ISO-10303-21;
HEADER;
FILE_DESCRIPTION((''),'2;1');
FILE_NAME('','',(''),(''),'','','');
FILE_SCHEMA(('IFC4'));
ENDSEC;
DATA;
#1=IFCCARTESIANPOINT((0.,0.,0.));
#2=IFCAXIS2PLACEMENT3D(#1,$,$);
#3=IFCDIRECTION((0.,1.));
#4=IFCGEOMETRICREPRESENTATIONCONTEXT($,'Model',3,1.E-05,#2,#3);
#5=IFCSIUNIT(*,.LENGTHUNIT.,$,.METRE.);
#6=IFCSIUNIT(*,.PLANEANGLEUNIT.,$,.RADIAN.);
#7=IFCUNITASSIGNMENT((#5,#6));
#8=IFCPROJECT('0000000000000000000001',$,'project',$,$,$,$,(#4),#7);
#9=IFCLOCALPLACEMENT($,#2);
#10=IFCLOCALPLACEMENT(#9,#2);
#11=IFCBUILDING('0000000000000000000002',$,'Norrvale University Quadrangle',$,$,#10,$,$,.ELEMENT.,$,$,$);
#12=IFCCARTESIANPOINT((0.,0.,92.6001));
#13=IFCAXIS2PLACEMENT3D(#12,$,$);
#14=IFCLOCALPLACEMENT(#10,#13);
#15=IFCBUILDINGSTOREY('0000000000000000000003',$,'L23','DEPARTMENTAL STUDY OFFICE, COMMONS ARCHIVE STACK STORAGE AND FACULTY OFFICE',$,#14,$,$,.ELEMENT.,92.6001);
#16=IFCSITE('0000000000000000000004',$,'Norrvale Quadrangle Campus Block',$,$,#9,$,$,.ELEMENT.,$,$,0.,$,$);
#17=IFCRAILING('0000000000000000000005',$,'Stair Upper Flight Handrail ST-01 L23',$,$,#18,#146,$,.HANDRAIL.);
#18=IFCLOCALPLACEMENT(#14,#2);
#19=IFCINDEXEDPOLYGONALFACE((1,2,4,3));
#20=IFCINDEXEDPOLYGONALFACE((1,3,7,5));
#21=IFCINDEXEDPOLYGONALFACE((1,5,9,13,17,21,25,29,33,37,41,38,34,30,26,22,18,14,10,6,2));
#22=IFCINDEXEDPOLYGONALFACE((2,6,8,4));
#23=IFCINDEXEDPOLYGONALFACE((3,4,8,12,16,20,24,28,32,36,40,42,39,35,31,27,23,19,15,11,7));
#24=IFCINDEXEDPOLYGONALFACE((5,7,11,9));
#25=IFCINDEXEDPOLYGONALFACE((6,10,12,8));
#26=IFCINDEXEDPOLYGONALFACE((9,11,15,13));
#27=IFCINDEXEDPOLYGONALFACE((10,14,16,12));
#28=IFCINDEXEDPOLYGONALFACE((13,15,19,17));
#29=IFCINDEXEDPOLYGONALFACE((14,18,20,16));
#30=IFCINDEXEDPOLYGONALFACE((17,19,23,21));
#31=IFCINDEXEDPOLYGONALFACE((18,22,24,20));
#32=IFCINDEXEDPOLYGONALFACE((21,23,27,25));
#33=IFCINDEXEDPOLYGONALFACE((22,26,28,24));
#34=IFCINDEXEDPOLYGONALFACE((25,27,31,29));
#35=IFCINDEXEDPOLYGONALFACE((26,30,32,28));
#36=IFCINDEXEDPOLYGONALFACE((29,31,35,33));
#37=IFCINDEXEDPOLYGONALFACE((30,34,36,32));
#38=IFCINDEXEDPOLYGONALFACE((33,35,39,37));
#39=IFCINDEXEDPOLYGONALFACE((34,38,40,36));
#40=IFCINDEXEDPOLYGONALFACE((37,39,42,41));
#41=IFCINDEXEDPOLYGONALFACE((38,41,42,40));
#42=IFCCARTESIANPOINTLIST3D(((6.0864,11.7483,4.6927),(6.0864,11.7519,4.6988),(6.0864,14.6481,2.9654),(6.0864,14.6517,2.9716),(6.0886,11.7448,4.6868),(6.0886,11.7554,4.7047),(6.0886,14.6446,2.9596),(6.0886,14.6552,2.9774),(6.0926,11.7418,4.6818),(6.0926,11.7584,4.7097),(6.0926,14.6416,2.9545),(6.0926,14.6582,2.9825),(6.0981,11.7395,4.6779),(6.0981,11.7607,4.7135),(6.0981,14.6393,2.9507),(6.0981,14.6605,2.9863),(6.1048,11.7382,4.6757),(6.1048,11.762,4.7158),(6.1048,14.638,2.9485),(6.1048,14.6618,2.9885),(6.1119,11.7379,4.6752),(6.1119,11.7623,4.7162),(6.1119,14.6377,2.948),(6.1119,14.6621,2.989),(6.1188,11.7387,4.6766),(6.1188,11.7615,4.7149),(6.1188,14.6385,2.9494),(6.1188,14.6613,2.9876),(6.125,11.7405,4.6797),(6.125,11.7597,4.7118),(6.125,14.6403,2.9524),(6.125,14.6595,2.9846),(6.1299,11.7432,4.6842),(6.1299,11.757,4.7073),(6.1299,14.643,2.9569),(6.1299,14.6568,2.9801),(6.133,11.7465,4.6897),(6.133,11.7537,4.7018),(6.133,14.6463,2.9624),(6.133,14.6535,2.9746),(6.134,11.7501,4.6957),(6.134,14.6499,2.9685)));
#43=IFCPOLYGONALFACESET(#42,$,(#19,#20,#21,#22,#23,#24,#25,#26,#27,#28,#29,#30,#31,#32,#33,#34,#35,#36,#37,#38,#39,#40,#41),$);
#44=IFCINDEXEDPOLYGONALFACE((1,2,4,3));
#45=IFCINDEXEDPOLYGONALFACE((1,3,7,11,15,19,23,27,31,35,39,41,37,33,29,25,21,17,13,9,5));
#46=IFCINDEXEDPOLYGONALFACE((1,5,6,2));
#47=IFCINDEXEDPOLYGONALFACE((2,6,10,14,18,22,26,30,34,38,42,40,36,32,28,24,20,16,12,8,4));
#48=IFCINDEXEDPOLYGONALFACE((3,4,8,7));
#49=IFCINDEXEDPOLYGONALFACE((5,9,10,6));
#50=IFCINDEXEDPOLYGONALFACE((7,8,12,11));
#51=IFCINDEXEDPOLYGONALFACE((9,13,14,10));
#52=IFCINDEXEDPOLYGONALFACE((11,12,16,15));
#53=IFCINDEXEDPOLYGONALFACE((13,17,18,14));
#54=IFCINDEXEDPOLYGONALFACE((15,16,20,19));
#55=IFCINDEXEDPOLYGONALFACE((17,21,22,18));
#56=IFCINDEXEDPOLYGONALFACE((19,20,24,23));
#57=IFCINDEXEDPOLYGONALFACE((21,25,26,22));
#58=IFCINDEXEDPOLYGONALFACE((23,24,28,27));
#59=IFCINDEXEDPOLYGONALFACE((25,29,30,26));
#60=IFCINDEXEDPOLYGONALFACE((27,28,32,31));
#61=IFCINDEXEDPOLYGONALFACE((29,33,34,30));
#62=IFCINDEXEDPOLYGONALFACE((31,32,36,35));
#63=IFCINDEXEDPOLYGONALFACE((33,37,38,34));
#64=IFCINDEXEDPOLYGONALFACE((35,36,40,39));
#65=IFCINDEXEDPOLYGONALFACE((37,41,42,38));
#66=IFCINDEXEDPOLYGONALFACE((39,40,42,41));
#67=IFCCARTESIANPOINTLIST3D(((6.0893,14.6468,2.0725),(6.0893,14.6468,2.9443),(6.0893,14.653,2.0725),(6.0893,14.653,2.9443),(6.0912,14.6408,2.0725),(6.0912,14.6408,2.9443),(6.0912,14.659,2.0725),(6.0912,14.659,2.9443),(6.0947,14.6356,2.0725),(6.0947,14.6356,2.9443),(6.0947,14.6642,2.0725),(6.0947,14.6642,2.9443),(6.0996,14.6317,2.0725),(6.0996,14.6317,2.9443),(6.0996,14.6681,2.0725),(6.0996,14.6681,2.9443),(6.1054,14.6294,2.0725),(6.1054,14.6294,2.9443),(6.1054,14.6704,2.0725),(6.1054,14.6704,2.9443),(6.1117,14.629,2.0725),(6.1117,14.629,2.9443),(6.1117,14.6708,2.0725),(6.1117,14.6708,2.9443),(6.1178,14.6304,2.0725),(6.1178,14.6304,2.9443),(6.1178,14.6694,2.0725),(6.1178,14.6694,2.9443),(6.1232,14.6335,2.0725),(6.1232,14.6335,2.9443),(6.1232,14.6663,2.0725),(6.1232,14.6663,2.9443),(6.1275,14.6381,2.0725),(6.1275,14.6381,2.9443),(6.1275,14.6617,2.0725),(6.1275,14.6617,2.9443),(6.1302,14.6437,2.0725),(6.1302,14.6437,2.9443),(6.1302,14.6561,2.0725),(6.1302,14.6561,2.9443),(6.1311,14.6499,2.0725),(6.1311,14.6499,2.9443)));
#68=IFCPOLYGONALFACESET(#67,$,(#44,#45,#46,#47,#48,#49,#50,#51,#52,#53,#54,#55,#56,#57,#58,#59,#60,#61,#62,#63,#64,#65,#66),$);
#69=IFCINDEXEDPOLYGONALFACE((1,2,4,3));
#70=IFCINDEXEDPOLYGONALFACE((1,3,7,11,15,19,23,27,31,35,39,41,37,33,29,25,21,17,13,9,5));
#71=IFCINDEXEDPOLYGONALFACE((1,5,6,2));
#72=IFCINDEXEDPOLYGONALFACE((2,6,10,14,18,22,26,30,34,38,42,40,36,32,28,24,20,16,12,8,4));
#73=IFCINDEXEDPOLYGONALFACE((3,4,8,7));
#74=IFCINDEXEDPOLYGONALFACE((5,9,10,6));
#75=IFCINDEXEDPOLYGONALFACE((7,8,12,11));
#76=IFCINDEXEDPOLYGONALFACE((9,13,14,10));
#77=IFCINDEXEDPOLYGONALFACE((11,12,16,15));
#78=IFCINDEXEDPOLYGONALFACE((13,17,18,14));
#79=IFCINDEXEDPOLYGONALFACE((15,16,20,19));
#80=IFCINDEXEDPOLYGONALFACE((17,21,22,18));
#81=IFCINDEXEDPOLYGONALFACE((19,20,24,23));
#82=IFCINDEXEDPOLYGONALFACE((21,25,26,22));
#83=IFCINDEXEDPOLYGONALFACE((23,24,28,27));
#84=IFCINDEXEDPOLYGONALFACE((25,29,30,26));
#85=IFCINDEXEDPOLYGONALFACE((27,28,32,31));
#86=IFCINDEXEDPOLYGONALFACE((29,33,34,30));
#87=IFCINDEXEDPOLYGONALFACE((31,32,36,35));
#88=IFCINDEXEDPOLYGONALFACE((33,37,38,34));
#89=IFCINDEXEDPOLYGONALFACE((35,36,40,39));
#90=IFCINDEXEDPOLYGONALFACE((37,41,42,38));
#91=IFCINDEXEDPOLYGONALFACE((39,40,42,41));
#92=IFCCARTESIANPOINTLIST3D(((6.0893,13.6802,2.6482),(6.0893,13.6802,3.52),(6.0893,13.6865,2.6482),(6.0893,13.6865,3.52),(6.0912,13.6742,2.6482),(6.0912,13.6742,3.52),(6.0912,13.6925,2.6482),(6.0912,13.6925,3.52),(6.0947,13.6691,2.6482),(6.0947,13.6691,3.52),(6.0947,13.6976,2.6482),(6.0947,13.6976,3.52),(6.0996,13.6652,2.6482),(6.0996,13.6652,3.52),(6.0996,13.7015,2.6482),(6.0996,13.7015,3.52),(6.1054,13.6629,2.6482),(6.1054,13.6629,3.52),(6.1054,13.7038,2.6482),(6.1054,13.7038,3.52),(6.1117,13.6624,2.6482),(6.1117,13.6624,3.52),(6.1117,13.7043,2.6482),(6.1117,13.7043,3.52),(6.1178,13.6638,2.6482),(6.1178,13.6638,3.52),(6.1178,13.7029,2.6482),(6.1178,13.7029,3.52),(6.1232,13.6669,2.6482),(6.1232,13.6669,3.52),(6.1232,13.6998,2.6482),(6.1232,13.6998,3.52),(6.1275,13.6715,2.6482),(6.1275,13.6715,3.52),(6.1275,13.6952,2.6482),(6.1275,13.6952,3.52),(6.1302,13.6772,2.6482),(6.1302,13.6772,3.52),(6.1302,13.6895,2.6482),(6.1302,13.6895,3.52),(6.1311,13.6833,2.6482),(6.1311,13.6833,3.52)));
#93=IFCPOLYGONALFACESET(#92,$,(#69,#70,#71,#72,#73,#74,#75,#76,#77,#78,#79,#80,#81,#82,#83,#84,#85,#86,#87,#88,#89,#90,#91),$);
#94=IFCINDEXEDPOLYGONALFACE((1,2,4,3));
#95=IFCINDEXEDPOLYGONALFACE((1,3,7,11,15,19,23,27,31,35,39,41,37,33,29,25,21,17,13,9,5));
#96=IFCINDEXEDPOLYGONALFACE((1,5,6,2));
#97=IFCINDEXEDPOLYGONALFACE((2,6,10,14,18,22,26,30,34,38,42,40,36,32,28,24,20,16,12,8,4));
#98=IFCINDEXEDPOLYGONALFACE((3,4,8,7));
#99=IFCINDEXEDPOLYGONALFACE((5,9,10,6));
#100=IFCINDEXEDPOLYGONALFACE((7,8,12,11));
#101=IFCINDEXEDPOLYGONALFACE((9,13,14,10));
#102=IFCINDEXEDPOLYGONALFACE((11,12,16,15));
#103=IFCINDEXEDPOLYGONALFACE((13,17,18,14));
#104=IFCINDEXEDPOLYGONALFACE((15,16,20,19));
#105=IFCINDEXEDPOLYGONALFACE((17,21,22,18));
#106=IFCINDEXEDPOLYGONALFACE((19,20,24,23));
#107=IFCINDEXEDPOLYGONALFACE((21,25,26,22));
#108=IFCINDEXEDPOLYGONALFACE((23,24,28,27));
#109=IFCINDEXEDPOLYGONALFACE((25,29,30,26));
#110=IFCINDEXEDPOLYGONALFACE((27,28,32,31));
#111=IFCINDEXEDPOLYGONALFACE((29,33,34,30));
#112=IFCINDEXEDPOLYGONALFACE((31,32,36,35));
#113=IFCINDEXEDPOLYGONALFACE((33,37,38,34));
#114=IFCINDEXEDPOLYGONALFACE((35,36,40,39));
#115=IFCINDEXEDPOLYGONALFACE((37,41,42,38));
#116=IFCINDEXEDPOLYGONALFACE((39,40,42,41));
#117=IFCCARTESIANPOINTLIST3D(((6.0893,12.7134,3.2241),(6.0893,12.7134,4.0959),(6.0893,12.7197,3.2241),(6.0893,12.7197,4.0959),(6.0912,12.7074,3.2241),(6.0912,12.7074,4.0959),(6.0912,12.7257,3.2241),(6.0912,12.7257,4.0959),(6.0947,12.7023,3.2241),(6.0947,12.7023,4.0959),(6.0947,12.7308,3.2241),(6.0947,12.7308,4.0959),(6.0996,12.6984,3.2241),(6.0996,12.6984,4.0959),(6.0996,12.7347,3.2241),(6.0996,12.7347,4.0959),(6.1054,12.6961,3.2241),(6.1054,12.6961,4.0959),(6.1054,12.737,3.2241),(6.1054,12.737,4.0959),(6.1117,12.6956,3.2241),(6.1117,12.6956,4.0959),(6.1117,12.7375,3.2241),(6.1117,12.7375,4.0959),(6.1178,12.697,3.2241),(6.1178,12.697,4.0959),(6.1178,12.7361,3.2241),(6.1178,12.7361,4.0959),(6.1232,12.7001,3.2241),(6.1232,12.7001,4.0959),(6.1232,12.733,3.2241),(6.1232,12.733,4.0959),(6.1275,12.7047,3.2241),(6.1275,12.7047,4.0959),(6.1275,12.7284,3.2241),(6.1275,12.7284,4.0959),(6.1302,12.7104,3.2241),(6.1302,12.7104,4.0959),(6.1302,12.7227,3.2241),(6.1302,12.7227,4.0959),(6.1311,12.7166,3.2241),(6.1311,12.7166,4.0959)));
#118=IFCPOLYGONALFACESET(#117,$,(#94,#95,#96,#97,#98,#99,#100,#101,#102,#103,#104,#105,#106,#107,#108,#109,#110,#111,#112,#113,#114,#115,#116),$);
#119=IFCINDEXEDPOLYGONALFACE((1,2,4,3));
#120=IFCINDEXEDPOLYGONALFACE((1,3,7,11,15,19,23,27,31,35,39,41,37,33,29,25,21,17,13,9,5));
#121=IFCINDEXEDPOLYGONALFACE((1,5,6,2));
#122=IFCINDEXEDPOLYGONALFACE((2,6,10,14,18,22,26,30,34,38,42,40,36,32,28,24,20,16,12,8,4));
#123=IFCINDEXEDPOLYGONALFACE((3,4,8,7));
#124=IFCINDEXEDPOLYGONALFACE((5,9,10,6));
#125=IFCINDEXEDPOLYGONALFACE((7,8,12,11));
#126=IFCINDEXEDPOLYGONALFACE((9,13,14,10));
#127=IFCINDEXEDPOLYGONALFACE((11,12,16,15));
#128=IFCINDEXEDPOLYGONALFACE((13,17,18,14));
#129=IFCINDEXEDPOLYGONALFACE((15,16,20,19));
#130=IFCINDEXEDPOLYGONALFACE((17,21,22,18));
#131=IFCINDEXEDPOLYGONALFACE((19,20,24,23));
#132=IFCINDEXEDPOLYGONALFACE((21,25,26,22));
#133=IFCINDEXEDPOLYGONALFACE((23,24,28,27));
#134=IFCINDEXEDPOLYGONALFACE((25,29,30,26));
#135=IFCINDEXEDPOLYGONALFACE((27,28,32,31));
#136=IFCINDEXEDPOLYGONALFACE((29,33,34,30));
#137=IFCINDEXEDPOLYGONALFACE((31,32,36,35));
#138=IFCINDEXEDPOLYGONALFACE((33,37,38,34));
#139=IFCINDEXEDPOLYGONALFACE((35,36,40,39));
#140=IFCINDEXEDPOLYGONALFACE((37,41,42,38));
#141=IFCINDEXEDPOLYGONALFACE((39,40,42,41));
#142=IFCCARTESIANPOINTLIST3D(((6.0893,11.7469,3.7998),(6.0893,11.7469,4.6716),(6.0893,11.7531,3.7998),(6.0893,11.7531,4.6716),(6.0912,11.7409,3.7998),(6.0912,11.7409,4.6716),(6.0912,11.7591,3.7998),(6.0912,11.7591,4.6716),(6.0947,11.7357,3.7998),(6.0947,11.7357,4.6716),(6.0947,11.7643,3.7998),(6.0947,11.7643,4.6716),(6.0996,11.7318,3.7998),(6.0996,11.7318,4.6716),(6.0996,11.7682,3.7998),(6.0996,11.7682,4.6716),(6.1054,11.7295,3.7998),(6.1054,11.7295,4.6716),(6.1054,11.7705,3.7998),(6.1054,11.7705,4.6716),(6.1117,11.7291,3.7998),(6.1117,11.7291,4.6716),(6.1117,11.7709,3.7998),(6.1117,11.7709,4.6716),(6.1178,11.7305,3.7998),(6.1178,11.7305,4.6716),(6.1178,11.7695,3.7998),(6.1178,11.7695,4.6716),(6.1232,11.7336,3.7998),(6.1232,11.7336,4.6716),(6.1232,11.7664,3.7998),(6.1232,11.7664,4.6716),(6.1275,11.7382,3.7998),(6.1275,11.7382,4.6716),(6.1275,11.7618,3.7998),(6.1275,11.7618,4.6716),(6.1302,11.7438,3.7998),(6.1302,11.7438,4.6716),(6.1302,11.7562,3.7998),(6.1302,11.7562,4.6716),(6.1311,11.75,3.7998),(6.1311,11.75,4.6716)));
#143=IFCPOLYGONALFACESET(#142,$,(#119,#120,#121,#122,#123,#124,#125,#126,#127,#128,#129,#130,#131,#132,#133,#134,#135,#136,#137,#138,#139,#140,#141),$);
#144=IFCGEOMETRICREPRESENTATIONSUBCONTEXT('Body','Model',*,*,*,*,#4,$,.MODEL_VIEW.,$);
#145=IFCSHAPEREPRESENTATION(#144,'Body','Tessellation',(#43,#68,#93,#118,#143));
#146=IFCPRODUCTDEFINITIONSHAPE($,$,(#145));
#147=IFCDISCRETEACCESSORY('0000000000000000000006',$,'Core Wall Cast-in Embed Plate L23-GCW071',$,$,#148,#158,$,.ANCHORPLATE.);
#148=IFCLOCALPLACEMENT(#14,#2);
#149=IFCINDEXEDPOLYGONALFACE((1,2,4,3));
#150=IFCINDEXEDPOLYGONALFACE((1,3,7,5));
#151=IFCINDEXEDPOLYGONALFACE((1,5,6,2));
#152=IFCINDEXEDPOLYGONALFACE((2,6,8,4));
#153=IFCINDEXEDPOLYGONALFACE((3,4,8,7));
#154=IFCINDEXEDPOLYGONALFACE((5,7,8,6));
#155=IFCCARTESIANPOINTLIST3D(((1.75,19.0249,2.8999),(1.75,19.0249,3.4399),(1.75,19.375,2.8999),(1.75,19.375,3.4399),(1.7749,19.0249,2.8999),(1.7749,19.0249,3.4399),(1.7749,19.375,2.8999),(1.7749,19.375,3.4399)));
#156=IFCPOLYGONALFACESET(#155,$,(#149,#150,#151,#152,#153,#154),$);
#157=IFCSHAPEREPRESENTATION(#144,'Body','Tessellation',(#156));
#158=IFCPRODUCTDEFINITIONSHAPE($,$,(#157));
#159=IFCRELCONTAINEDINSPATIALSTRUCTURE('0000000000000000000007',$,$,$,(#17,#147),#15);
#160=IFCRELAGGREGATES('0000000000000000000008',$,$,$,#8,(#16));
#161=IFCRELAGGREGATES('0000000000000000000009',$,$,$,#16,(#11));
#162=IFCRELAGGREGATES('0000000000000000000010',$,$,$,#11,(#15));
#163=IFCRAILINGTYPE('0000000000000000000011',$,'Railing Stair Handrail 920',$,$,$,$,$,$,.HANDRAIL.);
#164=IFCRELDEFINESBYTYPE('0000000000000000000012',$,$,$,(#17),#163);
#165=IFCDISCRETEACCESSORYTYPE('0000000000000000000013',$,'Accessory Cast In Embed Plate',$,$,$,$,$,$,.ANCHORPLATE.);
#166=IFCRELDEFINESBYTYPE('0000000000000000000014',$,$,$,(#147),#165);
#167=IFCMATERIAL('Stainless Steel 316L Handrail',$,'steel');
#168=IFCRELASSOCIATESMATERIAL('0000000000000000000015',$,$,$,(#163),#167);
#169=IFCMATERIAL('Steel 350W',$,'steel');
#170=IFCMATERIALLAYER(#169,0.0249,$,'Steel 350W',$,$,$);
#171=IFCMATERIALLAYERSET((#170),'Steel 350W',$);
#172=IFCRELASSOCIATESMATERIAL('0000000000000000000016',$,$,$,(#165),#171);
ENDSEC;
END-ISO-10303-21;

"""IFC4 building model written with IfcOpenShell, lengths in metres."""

from ifc_helpers import new_model, si_unit, direction, frame, origin, origin_2d, place, context, subcontext, project, spatial, rectangle, circle, extrude, material, layer, layer_set, type_object, element, save


model = new_model("IFC4")

# Units and contexts
model_context = context("Model", 3, precision=1e-05, world=origin(), true_north=direction((0.0, 1.0)))
body_context = subcontext(model_context, "Body", "Model", "MODEL_VIEW")
ifc_project = project(units=[si_unit("LENGTHUNIT", "METRE"), si_unit("PLANEANGLEUNIT", "RADIAN")], contexts=[model_context])

# Site, building, storey
site_placement = place(None, origin())
site = spatial("IfcSite", under=ifc_project, at=site_placement, Name="Norrvale Quadrangle Campus Block", CompositionType="ELEMENT", RefElevation=0.0)
building_placement = place(site_placement, origin())
building = spatial("IfcBuilding", under=site, at=building_placement, Name="Norrvale University Quadrangle", CompositionType="ELEMENT")
storey_placement = place(building_placement, frame((0.0, 0.0, 92.6001)))
storey = spatial("IfcBuildingStorey", under=building, at=storey_placement, Name="L23", Description="DEPARTMENTAL STUDY OFFICE, COMMONS ARCHIVE STACK STORAGE AND FACULTY OFFICE", CompositionType="ELEMENT", Elevation=92.6001)

# Shared definitions
ifc_material_1 = material(Name="Steel 350W", Category="steel")

# Railing
ifc_material_2 = material(Name="Stainless Steel 316L Handrail", Category="steel")
railing_type_1 = type_object("IfcRailingType", Name="Railing Stair Handrail 920", PredefinedType="HANDRAIL", material=ifc_material_2)
railing_1_placement = place(storey_placement, frame((6.1101, 14.6499, 2.0725)))
element("IfcRailing", 1, at=railing_1_placement, inside=storey, type_object=railing_type_1, Name="Stair Upper Flight Handrail ST-01 L23", PredefinedType="HANDRAIL", context=body_context, shape_type="SweptSolid", body=[
    extrude(circle(Radius=0.0239, at=origin_2d()), frame((0.0, 0.0, 0.896), z_axis=(0.0, -0.859141, 0.511738), x_axis=(1.0, 0.0, 0.0)), (0.0, 0.0, 1.0), 3.3752),
    extrude(circle(Radius=0.021, at=origin_2d()), origin(), (0.0, 0.0, 1.0), 0.8718),
    extrude(circle(Radius=0.021, at=origin_2d()), frame((0.0, -0.9666, 0.5757)), (0.0, 0.0, 1.0), 0.8718),
    extrude(circle(Radius=0.021, at=origin_2d()), frame((0.0, -1.9333, 1.1516)), (0.0, 0.0, 1.0), 0.8718),
    extrude(circle(Radius=0.021, at=origin_2d()), frame((0.0, -2.8999, 1.7273)), (0.0, 0.0, 1.0), 0.8718),
])

# Discrete accessory
ifc_layer_1 = layer(ifc_material_1, 0.0249, Name="Steel 350W")
ifc_layer_set_1 = layer_set([ifc_layer_1], Name="Steel 350W")
discrete_accessory_type = type_object("IfcDiscreteAccessoryType", Name="Accessory Cast In Embed Plate", PredefinedType="ANCHORPLATE", material=ifc_layer_set_1)
discrete_accessory_placement = place(storey_placement, frame((1.7625, 19.2, 2.8999), z_axis=(0.0, 0.0, 1.0), x_axis=(1.0, 0.0, 0.0)))
element("IfcDiscreteAccessory", 2, at=discrete_accessory_placement, inside=storey, type_object=discrete_accessory_type, Name="Core Wall Cast-in Embed Plate L23-GCW071", PredefinedType="ANCHORPLATE", context=body_context, shape_type="SweptSolid", body=[
    extrude(rectangle(XDim=0.0249, YDim=0.3501, at=origin_2d()), origin(), (0.0, 0.0, 1.0), 0.54),
])

save(model, "model.ifc")
